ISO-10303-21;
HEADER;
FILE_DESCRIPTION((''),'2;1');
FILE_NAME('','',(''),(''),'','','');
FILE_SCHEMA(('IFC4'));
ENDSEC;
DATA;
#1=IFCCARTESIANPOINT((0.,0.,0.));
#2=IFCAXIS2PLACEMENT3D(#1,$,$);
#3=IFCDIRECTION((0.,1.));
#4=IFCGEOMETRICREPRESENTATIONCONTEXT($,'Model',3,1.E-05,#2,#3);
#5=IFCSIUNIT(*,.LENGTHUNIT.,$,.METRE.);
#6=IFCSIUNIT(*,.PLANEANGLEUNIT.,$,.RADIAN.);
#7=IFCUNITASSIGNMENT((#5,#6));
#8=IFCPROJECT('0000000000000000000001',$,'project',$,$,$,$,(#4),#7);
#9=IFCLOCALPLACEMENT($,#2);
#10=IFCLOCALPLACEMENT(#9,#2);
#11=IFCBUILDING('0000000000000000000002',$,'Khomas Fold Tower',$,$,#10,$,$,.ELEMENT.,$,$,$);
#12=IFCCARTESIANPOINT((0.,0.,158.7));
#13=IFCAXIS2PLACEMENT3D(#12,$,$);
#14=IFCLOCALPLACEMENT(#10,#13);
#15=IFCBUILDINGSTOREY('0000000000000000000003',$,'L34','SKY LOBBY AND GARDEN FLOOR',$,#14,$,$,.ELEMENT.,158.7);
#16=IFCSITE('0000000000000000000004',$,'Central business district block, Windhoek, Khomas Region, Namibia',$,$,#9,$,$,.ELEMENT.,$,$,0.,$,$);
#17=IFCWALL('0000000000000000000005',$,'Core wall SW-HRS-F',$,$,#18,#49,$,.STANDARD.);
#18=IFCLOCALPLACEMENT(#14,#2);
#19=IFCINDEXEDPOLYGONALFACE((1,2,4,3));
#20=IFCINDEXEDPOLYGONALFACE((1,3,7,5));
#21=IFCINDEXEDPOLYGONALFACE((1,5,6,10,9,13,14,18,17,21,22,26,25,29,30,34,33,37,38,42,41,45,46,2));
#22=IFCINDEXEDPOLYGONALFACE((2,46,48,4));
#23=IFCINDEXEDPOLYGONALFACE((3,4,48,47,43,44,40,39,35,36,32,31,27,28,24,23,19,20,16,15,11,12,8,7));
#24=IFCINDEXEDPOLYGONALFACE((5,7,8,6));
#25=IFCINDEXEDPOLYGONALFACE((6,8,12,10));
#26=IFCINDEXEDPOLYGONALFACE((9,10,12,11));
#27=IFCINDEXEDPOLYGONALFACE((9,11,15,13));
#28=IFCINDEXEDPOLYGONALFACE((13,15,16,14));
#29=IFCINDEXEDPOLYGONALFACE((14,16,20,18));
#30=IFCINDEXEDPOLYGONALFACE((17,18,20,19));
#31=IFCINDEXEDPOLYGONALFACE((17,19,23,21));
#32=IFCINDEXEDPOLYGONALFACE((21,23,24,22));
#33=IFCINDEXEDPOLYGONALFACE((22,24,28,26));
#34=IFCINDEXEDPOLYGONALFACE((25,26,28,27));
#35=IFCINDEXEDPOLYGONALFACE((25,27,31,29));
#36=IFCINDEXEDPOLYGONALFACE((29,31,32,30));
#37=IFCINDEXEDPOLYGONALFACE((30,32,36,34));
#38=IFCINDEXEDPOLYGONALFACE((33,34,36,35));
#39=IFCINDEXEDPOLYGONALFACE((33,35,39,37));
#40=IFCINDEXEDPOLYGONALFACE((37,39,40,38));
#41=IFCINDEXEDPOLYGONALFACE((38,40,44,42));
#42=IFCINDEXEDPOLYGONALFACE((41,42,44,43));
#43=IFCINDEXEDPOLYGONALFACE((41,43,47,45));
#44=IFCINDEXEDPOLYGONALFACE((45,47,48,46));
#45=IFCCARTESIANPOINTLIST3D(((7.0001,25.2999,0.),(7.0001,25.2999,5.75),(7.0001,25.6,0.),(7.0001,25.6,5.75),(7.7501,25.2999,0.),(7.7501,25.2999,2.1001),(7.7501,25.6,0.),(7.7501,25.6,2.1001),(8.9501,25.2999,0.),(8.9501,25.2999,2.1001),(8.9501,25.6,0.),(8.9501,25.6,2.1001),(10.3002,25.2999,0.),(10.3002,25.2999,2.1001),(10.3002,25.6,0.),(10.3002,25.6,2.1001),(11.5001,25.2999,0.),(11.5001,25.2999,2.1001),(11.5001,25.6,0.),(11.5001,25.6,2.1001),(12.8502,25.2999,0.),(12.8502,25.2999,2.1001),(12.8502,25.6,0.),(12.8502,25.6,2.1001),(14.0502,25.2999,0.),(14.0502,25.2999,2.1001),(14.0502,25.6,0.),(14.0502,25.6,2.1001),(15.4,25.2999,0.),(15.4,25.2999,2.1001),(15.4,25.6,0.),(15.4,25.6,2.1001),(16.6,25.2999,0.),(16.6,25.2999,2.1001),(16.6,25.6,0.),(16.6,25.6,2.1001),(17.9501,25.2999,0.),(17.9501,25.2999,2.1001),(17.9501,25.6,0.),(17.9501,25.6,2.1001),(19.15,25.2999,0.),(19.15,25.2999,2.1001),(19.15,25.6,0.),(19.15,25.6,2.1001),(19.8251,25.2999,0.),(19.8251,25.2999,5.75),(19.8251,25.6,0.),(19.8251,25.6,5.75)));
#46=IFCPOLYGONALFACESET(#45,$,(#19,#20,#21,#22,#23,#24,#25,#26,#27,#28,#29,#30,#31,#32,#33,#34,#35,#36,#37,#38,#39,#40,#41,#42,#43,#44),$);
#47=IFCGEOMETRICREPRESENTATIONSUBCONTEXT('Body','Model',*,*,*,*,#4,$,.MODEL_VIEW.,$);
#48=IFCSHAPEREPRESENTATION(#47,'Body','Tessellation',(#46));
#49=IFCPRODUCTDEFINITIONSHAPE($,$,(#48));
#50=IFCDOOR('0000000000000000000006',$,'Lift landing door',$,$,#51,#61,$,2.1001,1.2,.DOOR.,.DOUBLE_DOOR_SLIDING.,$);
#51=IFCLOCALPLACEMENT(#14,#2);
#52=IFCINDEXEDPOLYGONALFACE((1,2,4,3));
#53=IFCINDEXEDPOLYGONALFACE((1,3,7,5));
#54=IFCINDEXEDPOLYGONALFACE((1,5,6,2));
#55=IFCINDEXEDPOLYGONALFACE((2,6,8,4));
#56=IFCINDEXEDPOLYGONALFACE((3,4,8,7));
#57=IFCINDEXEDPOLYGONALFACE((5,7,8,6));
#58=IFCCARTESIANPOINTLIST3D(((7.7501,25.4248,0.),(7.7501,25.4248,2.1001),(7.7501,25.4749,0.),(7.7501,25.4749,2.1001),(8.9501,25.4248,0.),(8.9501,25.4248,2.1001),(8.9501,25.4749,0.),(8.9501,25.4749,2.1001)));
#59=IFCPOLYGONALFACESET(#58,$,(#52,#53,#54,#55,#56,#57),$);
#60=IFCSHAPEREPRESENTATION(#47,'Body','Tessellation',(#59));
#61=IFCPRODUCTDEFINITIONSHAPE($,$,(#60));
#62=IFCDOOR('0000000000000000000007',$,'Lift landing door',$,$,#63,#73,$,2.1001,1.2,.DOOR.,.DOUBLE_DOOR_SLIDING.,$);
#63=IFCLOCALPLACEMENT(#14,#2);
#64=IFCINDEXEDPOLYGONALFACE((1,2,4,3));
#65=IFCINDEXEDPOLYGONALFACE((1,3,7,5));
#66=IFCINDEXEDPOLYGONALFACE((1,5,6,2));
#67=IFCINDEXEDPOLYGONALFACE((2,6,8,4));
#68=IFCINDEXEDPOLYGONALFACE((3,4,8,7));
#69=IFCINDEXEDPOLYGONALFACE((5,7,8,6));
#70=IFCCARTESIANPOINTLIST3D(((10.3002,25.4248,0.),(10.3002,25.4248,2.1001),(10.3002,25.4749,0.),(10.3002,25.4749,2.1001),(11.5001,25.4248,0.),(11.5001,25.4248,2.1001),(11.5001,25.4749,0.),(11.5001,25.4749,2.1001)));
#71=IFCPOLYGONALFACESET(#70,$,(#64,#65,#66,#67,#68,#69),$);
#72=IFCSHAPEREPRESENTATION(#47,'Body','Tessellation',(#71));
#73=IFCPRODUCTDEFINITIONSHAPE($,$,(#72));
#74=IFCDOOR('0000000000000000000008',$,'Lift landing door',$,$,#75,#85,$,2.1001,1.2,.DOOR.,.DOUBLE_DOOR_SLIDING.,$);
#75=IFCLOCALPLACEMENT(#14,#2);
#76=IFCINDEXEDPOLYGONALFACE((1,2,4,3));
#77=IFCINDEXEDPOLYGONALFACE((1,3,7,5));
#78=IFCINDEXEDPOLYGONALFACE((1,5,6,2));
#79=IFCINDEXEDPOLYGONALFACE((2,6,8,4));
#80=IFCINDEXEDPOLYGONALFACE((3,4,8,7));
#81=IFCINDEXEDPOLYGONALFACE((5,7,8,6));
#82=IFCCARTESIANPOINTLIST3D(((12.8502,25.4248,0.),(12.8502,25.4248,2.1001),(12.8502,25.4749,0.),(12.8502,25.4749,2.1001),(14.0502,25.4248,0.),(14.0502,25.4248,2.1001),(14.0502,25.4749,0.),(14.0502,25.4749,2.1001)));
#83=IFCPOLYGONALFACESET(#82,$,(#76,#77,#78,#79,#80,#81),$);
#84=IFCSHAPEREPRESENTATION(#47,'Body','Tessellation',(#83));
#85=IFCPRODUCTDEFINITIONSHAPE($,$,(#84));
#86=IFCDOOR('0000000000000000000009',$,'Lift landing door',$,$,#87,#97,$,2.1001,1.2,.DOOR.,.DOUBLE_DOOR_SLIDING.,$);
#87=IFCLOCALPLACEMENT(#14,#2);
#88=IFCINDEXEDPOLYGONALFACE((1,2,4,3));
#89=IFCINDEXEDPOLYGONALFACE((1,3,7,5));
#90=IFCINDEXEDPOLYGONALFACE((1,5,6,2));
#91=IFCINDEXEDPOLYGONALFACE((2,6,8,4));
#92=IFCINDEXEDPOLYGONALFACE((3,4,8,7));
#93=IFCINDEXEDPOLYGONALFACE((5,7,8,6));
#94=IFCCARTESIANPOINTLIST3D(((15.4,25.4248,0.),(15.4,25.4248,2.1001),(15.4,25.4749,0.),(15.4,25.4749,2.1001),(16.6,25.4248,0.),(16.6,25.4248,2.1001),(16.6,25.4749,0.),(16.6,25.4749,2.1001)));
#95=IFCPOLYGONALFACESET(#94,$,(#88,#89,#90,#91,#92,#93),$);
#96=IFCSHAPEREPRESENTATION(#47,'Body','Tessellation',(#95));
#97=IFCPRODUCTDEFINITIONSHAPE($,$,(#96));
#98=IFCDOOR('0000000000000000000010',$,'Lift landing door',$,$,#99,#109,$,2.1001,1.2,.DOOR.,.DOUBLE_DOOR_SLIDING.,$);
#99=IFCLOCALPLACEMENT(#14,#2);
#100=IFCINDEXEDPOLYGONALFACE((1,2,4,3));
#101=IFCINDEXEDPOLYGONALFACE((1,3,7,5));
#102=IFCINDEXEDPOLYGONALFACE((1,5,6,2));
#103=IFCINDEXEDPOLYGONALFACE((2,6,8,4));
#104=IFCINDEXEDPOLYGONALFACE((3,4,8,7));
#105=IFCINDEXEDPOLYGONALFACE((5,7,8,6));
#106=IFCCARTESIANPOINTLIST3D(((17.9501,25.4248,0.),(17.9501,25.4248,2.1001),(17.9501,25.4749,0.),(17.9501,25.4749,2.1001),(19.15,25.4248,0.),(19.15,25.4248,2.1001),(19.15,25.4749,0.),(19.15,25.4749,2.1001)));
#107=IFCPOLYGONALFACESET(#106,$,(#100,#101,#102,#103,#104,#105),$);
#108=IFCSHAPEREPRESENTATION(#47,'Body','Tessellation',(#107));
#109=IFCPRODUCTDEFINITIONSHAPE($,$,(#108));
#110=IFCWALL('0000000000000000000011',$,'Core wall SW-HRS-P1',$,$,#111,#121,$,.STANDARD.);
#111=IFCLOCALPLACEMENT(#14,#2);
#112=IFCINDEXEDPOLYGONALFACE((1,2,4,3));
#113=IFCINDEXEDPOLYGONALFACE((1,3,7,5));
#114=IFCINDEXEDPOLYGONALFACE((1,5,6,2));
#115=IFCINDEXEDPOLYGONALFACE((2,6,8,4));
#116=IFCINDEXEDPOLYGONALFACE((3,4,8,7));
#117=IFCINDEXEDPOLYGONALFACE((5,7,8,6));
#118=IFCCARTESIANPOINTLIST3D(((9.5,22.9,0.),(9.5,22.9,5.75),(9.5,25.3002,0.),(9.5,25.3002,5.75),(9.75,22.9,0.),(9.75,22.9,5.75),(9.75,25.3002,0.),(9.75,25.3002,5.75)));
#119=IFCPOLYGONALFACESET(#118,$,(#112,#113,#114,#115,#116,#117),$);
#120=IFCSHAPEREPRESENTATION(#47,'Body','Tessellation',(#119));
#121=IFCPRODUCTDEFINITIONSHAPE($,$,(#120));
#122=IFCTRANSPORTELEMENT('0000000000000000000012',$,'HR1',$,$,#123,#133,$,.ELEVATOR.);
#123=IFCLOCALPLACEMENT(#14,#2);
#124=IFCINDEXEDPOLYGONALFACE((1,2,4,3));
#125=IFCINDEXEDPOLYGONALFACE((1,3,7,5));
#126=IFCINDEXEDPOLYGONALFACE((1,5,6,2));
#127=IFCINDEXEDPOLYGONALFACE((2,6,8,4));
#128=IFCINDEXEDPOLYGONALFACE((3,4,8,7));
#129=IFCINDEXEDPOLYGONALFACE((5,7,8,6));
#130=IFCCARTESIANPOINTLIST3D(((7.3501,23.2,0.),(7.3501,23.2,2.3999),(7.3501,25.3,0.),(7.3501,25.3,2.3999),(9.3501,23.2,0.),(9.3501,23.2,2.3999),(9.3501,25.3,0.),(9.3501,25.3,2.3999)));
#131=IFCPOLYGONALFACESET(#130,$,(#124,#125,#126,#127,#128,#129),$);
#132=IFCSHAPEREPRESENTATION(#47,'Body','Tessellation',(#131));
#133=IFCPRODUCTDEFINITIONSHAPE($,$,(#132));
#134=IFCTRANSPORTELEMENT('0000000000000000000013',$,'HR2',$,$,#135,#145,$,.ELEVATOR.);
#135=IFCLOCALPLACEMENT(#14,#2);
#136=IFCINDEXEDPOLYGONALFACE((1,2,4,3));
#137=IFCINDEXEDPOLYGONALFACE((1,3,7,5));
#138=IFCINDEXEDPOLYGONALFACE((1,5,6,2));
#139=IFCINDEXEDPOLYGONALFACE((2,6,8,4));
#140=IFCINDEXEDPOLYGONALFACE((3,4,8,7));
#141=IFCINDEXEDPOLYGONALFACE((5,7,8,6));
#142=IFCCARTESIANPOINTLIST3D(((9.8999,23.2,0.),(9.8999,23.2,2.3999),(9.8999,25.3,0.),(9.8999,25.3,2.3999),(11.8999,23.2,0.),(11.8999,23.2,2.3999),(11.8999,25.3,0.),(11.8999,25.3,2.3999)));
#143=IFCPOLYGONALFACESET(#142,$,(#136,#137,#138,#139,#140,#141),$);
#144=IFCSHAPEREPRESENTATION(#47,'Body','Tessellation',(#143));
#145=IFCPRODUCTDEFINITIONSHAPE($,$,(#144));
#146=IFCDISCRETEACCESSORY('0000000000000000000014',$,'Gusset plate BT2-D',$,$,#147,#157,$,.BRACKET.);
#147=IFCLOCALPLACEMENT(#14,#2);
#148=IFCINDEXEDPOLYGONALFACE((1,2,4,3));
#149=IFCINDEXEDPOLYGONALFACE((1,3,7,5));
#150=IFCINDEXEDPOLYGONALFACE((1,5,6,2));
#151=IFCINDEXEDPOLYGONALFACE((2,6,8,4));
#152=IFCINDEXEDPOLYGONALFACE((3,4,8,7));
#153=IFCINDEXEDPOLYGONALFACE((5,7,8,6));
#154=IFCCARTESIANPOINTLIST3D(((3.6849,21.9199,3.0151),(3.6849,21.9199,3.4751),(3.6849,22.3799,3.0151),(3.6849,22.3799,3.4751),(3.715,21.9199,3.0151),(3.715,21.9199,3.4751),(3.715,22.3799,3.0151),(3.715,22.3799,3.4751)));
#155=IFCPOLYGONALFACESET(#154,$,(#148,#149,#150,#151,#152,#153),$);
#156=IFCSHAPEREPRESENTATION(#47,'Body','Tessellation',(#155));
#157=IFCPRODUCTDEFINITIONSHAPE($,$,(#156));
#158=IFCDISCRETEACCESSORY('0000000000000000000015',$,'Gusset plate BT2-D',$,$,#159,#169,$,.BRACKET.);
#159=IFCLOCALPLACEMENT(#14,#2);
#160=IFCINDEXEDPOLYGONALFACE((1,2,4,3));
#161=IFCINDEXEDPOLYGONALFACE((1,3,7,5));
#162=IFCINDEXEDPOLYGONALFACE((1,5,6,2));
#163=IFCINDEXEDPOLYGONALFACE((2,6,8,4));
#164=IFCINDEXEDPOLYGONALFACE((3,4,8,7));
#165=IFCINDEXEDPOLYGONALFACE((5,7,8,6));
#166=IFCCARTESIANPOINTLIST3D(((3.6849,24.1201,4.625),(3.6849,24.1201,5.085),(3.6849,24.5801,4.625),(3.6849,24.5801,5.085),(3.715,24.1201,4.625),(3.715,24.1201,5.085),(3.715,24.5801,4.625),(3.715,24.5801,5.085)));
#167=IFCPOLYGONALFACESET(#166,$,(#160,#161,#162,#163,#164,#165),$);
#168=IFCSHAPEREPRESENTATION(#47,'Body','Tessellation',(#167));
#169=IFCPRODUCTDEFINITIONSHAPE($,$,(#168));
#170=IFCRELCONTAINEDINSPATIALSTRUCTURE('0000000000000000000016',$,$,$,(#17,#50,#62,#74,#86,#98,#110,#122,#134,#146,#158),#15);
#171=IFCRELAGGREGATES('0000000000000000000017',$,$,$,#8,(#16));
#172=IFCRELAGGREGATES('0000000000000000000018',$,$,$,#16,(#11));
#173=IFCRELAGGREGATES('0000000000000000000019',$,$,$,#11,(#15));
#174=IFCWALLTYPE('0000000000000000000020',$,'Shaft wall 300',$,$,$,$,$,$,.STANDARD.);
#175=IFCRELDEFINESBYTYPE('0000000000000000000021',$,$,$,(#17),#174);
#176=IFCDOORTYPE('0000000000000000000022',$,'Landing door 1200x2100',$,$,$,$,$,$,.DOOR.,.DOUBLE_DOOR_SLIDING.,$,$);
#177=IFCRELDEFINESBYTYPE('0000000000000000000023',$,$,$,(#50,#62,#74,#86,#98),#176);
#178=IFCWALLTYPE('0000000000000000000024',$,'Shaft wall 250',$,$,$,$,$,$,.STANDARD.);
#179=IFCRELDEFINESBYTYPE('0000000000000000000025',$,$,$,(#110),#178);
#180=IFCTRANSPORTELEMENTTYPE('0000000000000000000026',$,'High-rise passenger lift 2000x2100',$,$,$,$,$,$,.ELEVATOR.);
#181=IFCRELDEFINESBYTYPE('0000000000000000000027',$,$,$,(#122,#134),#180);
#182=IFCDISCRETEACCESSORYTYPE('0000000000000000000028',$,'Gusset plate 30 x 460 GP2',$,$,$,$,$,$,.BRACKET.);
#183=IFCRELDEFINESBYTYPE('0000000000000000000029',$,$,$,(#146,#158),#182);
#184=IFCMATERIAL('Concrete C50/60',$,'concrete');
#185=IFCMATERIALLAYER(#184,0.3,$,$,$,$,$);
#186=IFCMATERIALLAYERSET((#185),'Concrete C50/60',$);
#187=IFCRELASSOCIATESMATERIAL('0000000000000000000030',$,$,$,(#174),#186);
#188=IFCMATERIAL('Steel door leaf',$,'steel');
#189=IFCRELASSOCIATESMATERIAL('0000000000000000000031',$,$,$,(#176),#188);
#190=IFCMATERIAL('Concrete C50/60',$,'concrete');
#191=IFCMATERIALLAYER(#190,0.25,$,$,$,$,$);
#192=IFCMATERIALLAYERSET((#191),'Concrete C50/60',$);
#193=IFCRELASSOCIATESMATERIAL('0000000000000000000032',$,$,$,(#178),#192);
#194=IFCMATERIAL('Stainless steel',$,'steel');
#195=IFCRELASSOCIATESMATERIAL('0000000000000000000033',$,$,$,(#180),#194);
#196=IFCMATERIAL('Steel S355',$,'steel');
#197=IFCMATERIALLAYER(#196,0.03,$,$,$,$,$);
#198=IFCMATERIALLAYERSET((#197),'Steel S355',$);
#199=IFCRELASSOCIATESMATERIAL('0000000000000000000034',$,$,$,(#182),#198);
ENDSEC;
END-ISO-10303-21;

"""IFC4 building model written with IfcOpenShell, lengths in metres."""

from ifc_helpers import new_model, si_unit, direction, frame, frame_2d, origin, origin_2d, place, context, subcontext, project, spatial, rectangle, extrude, source, transform, mapped, material, layer, layer_set, type_object, element, fill, save


model = new_model("IFC4")

# Units and contexts
model_context = context("Model", 3, precision=1e-05, world=origin(), true_north=direction((0.0, 1.0)))
body_context = subcontext(model_context, "Body", "Model", "MODEL_VIEW")
ifc_project = project(units=[si_unit("LENGTHUNIT", "METRE"), si_unit("PLANEANGLEUNIT", "RADIAN")], contexts=[model_context])

# Site, building, storey
site_placement = place(None, origin())
site = spatial("IfcSite", under=ifc_project, at=site_placement, Name="Central business district block, Windhoek, Khomas Region, Namibia", CompositionType="ELEMENT", RefElevation=0.0)
building_placement = place(site_placement, origin())
building = spatial("IfcBuilding", under=site, at=building_placement, Name="Khomas Fold Tower", CompositionType="ELEMENT")
storey_placement = place(building_placement, frame((0.0, 0.0, 158.7)))
storey = spatial("IfcBuildingStorey", under=building, at=storey_placement, Name="L34", Description="SKY LOBBY AND GARDEN FLOOR", CompositionType="ELEMENT", Elevation=158.7)

# Shared definitions
ifc_material_1 = material(Name="Concrete C50/60", Category="concrete")
ifc_layer_1 = layer(ifc_material_1, 0.3)
ifc_layer_set_1 = layer_set([ifc_layer_1], Name="Concrete C50/60")
wall_type_1 = type_object("IfcWallType", Name="Shaft wall 300", PredefinedType="STANDARD", material=ifc_layer_set_1)

# Wall, openings, doors
shared_shape_1 = source(origin(), body_context, "Body", "SweptSolid", [
    extrude(rectangle(XDim=12.825, YDim=0.3, at=frame_2d((6.4126, 0.0))), origin(), (0.0, 0.0, 1.0), 5.75),
])
wall_1_placement = place(storey_placement, frame((7.0, 25.45, 0.0), z_axis=(0.0, 0.0, 1.0), x_axis=(1.0, 0.0, 0.0)))
wall_1 = element("IfcWall", 1, at=wall_1_placement, inside=storey, type_object=wall_type_1, Name="Core wall SW-HRS-F", PredefinedType="STANDARD", context=body_context, shape_type="MappedRepresentation", body=[
    mapped(shared_shape_1, transform((0.0, 0.0, 0.0))),
])
shared_shape_2 = source(origin(), body_context, "Body", "SweptSolid", [
    extrude(rectangle(XDim=1.2, YDim=2.1001, at=frame_2d((0.6001, 1.05))), frame((0.0, 0.1599, 0.0), z_axis=(0.0, -1.0, 0.0), x_axis=(1.0, 0.0, 0.0)), (0.0, 0.0, 1.0), 0.3201),
])
opening_1_placement = place(wall_1_placement, frame((0.75, 0.0, 0.0)))
opening_1 = element("IfcOpeningElement", 2, at=opening_1_placement, cuts=wall_1, PredefinedType="OPENING", context=body_context, shape_type="MappedRepresentation", body=[
    mapped(shared_shape_2, transform((0.0, 0.0, 0.0))),
])
opening_2_placement = place(wall_1_placement, frame((3.3, 0.0, 0.0)))
opening_2 = element("IfcOpeningElement", 3, at=opening_2_placement, cuts=wall_1, PredefinedType="OPENING", context=body_context, shape_type="MappedRepresentation", body=[
    mapped(shared_shape_2, transform((0.0, 0.0, 0.0))),
])
opening_3_placement = place(wall_1_placement, frame((5.8501, 0.0, 0.0)))
opening_3 = element("IfcOpeningElement", 4, at=opening_3_placement, cuts=wall_1, PredefinedType="OPENING", context=body_context, shape_type="MappedRepresentation", body=[
    mapped(shared_shape_2, transform((0.0, 0.0, 0.0))),
])
opening_4_placement = place(wall_1_placement, frame((8.3999, 0.0, 0.0)))
opening_4 = element("IfcOpeningElement", 5, at=opening_4_placement, cuts=wall_1, PredefinedType="OPENING", context=body_context, shape_type="MappedRepresentation", body=[
    mapped(shared_shape_2, transform((0.0, 0.0, 0.0))),
])
opening_5_placement = place(wall_1_placement, frame((10.95, 0.0, 0.0)))
opening_5 = element("IfcOpeningElement", 6, at=opening_5_placement, cuts=wall_1, PredefinedType="OPENING", context=body_context, shape_type="MappedRepresentation", body=[
    mapped(shared_shape_2, transform((0.0, 0.0, 0.0))),
])
ifc_material_2 = material(Name="Steel door leaf", Category="steel")
door_type = type_object("IfcDoorType", Name="Landing door 1200x2100", OperationType="DOUBLE_DOOR_SLIDING", PredefinedType="DOOR", material=ifc_material_2)
shared_shape_3 = source(origin(), body_context, "Body", "SweptSolid", [
    extrude(rectangle(XDim=1.2, YDim=2.1001, at=frame_2d((0.6001, 1.05))), frame((0.0, 0.0249, 0.0), z_axis=(0.0, -1.0, 0.0), x_axis=(1.0, 0.0, 0.0)), (0.0, 0.0, 1.0), 0.05),
])
door_1_placement = place(opening_1_placement, origin())
door_1 = element("IfcDoor", 7, at=door_1_placement, inside=storey, type_object=door_type, Name="Lift landing door", OperationType="DOUBLE_DOOR_SLIDING", OverallHeight=2.1001, OverallWidth=1.2, PredefinedType="DOOR", context=body_context, shape_type="MappedRepresentation", body=[
    mapped(shared_shape_3, transform((0.0, 0.0, 0.0))),
])
fill(opening_1, door_1)
door_2_placement = place(opening_2_placement, origin())
door_2 = element("IfcDoor", 8, at=door_2_placement, inside=storey, type_object=door_type, Name="Lift landing door", OperationType="DOUBLE_DOOR_SLIDING", OverallHeight=2.1001, OverallWidth=1.2, PredefinedType="DOOR", context=body_context, shape_type="MappedRepresentation", body=[
    mapped(shared_shape_3, transform((0.0, 0.0, 0.0))),
])
fill(opening_2, door_2)
door_3_placement = place(opening_3_placement, origin())
door_3 = element("IfcDoor", 9, at=door_3_placement, inside=storey, type_object=door_type, Name="Lift landing door", OperationType="DOUBLE_DOOR_SLIDING", OverallHeight=2.1001, OverallWidth=1.2, PredefinedType="DOOR", context=body_context, shape_type="MappedRepresentation", body=[
    mapped(shared_shape_3, transform((0.0, 0.0, 0.0))),
])
fill(opening_3, door_3)
door_4_placement = place(opening_4_placement, origin())
door_4 = element("IfcDoor", 10, at=door_4_placement, inside=storey, type_object=door_type, Name="Lift landing door", OperationType="DOUBLE_DOOR_SLIDING", OverallHeight=2.1001, OverallWidth=1.2, PredefinedType="DOOR", context=body_context, shape_type="MappedRepresentation", body=[
    mapped(shared_shape_3, transform((0.0, 0.0, 0.0))),
])
fill(opening_4, door_4)
door_5_placement = place(opening_5_placement, origin())
door_5 = element("IfcDoor", 11, at=door_5_placement, inside=storey, type_object=door_type, Name="Lift landing door", OperationType="DOUBLE_DOOR_SLIDING", OverallHeight=2.1001, OverallWidth=1.2, PredefinedType="DOOR", context=body_context, shape_type="MappedRepresentation", body=[
    mapped(shared_shape_3, transform((0.0, 0.0, 0.0))),
])
fill(opening_5, door_5)

# Wall
ifc_material_3 = material(Name="Concrete C50/60", Category="concrete")
ifc_layer_2 = layer(ifc_material_3, 0.25)
ifc_layer_set_2 = layer_set([ifc_layer_2], Name="Concrete C50/60")
wall_type_2 = type_object("IfcWallType", Name="Shaft wall 250", PredefinedType="STANDARD", material=ifc_layer_set_2)
shared_shape_4 = source(origin(), body_context, "Body", "SweptSolid", [
    extrude(rectangle(XDim=2.4001, YDim=0.25, at=frame_2d((1.2002, 0.0))), origin(), (0.0, 0.0, 1.0), 5.75),
])
wall_2_placement = place(storey_placement, frame((9.625, 22.8999, 0.0), z_axis=(0.0, 0.0, 1.0), x_axis=(0.0, 1.0, 0.0)))
element("IfcWall", 12, at=wall_2_placement, inside=storey, type_object=wall_type_2, Name="Core wall SW-HRS-P1", PredefinedType="STANDARD", context=body_context, shape_type="MappedRepresentation", body=[
    mapped(shared_shape_4, transform((0.0, 0.0, 0.0))),
])

# Transport elements
ifc_material_4 = material(Name="Stainless steel", Category="steel")
transport_element_type = type_object("IfcTransportElementType", Name="High-rise passenger lift 2000x2100", PredefinedType="ELEVATOR", material=ifc_material_4)
shared_shape_5 = source(origin(), body_context, "Body", "SweptSolid", [
    extrude(rectangle(XDim=2.0, YDim=2.1001, at=origin_2d()), origin(), (0.0, 0.0, 1.0), 2.3999),
])
for number, where, z_axis, x_axis, name in (
    (13, (8.3501, 24.25, 0.0), (0.0, 0.0, 1.0), (1.0, 0.0, 0.0), "HR1"),
    (14, (10.8999, 24.25, 0.0), (0.0, 0.0, 1.0), (1.0, 0.0, 0.0), "HR2"),
):
    element("IfcTransportElement", number, at=place(storey_placement, frame(where, z_axis=z_axis, x_axis=x_axis)), inside=storey, type_object=transport_element_type, Name=name, PredefinedType="ELEVATOR", context=body_context, shape_type="MappedRepresentation", body=[
        mapped(shared_shape_5, transform((0.0, 0.0, 0.0))),
    ])

# Discrete accessories
ifc_material_5 = material(Name="Steel S355", Category="steel")
ifc_layer_3 = layer(ifc_material_5, 0.03)
ifc_layer_set_3 = layer_set([ifc_layer_3], Name="Steel S355")
discrete_accessory_type = type_object("IfcDiscreteAccessoryType", Name="Gusset plate 30 x 460 GP2", PredefinedType="BRACKET", material=ifc_layer_set_3)
shared_shape_6 = source(origin(), body_context, "Body", "SweptSolid", [
    extrude(rectangle(XDim=0.46, YDim=0.03, at=origin_2d()), origin(), (0.0, 0.0, 1.0), 0.46),
])
for number, where, z_axis, x_axis, name in (
    (15, (3.7, 22.1499, 3.0151), (0.0, 0.0, 1.0), (0.0, 1.0, 0.0), "Gusset plate BT2-D"),
    (16, (3.7, 24.3501, 4.625), (0.0, 0.0, 1.0), (0.0, 1.0, 0.0), "Gusset plate BT2-D"),
):
    element("IfcDiscreteAccessory", number, at=place(storey_placement, frame(where, z_axis=z_axis, x_axis=x_axis)), inside=storey, type_object=discrete_accessory_type, Name=name, PredefinedType="BRACKET", context=body_context, shape_type="MappedRepresentation", body=[
        mapped(shared_shape_6, transform((0.0, 0.0, 0.0))),
    ])

save(model, "model.ifc")
